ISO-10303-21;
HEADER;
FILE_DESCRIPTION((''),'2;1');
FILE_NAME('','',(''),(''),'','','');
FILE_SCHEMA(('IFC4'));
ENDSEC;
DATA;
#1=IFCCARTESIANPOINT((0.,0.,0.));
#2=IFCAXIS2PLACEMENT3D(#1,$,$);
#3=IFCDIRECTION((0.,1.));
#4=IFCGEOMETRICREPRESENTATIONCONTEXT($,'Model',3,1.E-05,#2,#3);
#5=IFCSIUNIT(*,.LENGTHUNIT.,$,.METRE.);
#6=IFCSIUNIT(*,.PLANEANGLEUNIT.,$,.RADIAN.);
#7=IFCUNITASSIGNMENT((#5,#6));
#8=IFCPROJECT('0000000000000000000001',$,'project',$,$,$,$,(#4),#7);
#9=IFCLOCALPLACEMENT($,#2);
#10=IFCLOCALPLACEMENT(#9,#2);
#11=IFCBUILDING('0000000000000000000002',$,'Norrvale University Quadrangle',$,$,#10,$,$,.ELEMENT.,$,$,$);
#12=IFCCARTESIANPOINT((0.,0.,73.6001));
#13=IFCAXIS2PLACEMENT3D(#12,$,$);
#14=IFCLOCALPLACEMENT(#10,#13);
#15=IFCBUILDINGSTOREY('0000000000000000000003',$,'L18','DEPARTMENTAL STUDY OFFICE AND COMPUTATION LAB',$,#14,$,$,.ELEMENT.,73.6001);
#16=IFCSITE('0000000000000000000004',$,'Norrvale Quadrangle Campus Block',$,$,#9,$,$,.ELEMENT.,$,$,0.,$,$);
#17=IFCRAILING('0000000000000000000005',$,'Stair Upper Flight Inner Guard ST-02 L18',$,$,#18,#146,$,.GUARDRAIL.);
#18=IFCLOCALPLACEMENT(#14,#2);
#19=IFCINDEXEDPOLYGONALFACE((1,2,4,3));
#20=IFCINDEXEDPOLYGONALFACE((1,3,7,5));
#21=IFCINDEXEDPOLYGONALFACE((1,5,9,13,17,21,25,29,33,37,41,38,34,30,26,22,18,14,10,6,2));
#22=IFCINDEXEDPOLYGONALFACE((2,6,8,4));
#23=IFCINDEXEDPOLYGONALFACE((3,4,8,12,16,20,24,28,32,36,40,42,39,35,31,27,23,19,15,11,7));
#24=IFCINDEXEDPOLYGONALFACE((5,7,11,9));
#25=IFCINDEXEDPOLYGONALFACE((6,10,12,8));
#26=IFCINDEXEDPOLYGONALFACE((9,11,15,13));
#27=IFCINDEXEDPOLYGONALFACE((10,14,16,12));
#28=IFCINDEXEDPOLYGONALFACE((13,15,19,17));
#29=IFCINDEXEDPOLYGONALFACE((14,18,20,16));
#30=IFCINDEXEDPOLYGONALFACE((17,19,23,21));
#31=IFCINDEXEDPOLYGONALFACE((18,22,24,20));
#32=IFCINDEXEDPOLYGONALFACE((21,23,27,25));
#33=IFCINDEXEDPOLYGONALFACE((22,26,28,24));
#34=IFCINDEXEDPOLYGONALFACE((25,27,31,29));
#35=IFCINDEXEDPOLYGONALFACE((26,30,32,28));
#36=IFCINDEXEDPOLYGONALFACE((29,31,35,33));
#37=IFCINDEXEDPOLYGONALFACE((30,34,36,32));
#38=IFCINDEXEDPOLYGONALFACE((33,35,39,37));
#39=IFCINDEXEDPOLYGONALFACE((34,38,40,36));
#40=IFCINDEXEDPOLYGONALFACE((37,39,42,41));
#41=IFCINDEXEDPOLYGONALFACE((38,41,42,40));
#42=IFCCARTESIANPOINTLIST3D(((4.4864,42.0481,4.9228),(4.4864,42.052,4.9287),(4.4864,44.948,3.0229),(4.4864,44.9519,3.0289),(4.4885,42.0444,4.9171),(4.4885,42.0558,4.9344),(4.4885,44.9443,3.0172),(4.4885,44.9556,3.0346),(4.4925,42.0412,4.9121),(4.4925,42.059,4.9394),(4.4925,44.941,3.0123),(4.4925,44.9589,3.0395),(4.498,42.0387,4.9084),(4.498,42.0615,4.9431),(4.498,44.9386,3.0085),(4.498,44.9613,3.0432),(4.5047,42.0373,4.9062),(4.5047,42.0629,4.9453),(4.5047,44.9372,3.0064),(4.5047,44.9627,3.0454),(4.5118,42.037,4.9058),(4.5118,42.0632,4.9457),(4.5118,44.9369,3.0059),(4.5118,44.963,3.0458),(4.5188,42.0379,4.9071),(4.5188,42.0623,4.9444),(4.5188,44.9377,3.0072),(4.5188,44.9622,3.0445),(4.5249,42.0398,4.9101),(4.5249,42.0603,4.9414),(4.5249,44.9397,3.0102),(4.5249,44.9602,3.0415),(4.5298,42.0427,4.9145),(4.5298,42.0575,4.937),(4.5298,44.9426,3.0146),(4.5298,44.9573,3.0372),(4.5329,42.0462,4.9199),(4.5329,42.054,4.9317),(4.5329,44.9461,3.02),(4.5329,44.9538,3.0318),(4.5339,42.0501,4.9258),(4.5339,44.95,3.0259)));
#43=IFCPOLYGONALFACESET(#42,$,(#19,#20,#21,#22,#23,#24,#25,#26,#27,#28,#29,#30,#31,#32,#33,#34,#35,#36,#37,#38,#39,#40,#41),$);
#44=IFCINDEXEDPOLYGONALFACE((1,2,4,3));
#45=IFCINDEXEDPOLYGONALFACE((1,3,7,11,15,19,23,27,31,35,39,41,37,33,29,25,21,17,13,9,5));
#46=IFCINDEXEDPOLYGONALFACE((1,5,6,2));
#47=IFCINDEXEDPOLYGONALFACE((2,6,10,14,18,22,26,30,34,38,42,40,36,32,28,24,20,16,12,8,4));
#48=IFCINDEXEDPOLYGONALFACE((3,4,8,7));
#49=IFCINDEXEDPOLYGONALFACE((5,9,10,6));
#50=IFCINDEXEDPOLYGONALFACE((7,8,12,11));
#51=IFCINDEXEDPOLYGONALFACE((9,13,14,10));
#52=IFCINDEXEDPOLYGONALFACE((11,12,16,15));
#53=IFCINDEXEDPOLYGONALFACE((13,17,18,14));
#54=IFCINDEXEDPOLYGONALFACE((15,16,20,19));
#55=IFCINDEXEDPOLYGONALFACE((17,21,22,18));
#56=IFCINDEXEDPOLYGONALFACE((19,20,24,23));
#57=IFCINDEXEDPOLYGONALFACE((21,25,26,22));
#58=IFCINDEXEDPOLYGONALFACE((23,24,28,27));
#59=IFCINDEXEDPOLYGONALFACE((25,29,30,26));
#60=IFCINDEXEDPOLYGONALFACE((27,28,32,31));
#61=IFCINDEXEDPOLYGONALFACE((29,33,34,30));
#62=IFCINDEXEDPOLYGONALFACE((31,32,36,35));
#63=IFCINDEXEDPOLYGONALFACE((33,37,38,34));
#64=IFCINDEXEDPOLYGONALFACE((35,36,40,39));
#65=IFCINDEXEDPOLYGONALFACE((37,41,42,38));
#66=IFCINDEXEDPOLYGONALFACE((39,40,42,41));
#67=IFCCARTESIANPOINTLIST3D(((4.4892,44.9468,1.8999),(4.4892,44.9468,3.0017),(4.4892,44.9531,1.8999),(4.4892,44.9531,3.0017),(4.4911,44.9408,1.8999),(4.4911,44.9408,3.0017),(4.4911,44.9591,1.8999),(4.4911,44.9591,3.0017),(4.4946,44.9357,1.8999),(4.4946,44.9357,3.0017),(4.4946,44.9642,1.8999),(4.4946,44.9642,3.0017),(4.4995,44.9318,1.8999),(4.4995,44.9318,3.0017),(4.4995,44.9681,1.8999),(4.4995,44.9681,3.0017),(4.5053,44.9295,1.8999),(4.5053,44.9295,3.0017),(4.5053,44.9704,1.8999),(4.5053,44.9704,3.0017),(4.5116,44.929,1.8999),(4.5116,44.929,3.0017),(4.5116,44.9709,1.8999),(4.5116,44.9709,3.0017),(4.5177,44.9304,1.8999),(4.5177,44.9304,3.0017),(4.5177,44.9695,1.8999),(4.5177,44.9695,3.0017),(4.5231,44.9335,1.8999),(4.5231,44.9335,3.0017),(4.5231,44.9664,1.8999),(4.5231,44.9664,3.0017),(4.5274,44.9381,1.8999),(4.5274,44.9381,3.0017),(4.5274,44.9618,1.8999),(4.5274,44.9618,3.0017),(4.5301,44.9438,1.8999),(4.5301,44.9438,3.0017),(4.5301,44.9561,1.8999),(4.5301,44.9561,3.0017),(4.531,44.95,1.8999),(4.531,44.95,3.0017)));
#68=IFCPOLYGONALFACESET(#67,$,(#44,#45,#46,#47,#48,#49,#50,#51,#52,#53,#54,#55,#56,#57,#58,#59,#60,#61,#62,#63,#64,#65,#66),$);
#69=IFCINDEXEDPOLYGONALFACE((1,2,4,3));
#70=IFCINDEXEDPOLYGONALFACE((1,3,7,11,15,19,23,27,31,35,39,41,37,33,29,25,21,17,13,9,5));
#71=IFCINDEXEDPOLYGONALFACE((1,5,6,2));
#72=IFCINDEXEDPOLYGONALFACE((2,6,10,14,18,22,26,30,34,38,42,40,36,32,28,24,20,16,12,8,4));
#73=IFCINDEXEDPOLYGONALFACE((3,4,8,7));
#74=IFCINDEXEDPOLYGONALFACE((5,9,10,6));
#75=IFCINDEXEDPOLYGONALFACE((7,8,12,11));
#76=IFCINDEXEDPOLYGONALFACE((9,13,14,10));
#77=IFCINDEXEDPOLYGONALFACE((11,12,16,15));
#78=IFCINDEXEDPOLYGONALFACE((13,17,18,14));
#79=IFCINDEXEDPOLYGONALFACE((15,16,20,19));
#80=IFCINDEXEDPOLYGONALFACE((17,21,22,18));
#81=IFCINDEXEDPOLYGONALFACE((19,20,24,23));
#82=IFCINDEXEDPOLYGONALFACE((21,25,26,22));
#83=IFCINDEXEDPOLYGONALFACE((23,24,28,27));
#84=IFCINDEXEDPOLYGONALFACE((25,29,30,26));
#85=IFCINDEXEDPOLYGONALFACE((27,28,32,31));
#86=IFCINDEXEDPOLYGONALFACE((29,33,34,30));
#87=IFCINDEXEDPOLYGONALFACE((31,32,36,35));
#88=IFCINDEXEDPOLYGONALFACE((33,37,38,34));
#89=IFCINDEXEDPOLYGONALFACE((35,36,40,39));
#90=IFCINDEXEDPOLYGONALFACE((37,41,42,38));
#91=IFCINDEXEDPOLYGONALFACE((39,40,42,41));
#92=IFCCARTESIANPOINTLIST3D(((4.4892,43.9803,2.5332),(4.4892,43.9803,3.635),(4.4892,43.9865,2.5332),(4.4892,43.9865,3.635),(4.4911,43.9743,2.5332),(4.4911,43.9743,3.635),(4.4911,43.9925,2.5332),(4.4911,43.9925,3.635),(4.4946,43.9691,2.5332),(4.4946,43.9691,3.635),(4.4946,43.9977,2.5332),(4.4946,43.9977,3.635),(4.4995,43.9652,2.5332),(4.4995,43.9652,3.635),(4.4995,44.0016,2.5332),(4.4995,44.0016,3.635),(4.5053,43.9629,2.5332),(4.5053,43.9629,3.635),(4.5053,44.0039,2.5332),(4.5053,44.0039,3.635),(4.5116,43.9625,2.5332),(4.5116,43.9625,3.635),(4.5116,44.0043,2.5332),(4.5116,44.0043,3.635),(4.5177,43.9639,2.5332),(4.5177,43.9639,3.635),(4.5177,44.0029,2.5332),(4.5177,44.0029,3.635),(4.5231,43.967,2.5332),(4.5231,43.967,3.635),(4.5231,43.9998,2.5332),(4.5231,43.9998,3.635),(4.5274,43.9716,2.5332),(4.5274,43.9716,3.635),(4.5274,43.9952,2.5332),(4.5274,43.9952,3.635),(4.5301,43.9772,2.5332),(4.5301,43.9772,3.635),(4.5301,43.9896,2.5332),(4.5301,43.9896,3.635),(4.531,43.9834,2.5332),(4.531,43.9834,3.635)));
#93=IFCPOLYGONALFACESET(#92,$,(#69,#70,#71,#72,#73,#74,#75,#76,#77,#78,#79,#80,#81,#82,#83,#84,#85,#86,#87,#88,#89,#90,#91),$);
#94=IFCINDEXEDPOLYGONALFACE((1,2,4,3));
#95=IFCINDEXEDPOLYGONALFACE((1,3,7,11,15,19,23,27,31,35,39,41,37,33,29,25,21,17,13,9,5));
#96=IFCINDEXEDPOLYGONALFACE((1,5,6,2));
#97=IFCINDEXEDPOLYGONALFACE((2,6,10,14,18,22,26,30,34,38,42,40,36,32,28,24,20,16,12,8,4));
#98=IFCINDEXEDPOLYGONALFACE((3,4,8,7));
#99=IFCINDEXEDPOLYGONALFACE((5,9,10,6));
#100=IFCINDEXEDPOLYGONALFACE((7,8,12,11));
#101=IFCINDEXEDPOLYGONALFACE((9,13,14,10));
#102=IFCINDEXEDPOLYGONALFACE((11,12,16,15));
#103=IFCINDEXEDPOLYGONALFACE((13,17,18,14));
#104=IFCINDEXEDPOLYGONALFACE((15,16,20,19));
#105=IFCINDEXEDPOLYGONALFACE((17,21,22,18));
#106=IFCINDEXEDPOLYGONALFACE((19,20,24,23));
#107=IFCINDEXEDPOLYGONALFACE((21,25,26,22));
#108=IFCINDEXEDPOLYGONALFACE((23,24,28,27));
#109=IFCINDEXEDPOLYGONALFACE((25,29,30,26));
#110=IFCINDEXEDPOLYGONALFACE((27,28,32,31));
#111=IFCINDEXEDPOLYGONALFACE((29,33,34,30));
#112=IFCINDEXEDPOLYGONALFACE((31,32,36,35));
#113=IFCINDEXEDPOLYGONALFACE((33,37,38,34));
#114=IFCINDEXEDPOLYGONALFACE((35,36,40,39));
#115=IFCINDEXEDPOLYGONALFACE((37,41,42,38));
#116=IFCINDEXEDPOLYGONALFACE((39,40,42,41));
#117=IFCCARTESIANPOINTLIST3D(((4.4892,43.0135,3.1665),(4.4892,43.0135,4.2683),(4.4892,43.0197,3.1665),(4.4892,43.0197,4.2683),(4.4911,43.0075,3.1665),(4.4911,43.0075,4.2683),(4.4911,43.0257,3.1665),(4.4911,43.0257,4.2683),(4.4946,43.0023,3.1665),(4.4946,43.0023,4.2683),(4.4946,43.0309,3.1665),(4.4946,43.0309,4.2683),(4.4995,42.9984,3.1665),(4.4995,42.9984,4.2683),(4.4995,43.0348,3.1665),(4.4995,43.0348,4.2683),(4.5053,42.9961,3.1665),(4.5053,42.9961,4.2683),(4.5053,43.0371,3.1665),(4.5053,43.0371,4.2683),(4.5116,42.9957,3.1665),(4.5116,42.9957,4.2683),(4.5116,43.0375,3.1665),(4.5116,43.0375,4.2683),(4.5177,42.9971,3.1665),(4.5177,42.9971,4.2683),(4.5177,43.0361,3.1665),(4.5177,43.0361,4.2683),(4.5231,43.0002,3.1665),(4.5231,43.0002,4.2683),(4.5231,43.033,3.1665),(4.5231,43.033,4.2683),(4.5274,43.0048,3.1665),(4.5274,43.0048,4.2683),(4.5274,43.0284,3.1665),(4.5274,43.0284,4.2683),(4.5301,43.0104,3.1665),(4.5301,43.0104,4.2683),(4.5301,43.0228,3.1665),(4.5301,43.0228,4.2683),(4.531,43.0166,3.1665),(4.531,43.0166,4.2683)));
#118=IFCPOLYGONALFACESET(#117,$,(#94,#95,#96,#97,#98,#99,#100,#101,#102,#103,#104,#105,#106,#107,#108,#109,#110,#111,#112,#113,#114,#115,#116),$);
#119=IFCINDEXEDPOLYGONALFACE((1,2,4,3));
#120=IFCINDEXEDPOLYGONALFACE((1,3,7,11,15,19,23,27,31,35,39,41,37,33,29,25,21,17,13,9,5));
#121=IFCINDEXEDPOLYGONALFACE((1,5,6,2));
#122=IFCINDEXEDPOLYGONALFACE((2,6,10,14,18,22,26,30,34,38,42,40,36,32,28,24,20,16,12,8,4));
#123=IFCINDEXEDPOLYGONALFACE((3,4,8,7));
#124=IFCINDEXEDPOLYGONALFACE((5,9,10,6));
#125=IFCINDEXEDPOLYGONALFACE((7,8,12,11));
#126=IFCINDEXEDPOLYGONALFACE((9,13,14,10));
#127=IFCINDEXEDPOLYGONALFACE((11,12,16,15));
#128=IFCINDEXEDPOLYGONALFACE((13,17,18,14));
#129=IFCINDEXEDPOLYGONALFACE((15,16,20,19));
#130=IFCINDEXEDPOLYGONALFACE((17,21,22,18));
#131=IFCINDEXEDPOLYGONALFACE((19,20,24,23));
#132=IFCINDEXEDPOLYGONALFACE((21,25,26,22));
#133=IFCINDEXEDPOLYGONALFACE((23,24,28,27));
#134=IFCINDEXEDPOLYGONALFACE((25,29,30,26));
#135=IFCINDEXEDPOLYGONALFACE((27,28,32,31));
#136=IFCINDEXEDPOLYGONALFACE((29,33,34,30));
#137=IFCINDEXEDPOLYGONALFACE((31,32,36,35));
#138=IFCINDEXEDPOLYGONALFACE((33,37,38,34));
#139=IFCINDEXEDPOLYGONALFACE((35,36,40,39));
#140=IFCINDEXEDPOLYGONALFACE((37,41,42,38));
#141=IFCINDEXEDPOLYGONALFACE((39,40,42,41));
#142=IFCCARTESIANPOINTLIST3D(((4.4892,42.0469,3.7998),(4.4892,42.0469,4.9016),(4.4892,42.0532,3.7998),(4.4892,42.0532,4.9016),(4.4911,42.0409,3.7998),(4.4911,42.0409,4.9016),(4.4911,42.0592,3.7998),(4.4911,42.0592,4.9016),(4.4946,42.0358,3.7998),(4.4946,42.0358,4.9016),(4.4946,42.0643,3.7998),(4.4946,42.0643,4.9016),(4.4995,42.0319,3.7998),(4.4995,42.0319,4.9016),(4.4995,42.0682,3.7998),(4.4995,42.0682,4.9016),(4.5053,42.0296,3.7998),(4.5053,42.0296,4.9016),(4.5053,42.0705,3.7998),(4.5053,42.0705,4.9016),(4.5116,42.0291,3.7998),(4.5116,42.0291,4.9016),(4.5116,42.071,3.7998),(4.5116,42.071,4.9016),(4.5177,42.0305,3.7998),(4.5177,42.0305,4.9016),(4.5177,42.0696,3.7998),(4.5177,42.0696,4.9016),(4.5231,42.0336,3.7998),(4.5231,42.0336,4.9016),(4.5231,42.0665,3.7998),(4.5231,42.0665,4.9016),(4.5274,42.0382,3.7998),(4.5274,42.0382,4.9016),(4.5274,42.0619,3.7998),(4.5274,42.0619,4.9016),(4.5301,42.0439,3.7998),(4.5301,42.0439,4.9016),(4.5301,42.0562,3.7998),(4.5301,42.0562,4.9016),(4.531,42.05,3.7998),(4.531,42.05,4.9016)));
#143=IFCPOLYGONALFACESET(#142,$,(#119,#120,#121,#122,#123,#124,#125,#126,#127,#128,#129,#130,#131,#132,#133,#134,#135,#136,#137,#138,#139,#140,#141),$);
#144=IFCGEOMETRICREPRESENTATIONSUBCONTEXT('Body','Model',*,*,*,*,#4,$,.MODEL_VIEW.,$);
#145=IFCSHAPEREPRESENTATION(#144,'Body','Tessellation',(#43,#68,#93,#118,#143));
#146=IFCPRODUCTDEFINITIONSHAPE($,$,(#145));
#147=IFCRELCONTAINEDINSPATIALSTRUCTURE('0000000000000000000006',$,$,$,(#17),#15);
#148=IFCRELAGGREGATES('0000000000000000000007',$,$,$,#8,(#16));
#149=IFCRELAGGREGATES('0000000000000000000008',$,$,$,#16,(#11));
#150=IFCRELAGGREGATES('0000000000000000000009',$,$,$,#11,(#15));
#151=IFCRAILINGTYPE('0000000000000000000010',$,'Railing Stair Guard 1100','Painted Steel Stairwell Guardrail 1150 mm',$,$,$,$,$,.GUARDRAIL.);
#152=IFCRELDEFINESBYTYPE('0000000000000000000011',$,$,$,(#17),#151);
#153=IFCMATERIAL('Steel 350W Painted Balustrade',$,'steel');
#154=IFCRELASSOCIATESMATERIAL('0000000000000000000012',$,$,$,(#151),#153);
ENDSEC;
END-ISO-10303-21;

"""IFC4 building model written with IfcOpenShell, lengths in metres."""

from ifc_helpers import new_model, si_unit, direction, frame, origin, origin_2d, place, context, subcontext, project, spatial, circle, extrude, material, type_object, element, save


model = new_model("IFC4")

# Units and contexts
model_context = context("Model", 3, precision=1e-05, world=origin(), true_north=direction((0.0, 1.0)))
body_context = subcontext(model_context, "Body", "Model", "MODEL_VIEW")
ifc_project = project(units=[si_unit("LENGTHUNIT", "METRE"), si_unit("PLANEANGLEUNIT", "RADIAN")], contexts=[model_context])

# Site, building, storey
site_placement = place(None, origin())
site = spatial("IfcSite", under=ifc_project, at=site_placement, Name="Norrvale Quadrangle Campus Block", CompositionType="ELEMENT", RefElevation=0.0)
building_placement = place(site_placement, origin())
building = spatial("IfcBuilding", under=site, at=building_placement, Name="Norrvale University Quadrangle", CompositionType="ELEMENT")
storey_placement = place(building_placement, frame((0.0, 0.0, 73.6001)))
storey = spatial("IfcBuildingStorey", under=building, at=storey_placement, Name="L18", Description="DEPARTMENTAL STUDY OFFICE AND COMPUTATION LAB", CompositionType="ELEMENT", Elevation=73.6001)

# Railing
ifc_material_1 = material(Name="Steel 350W Painted Balustrade", Category="steel")
railing_type_1 = type_object("IfcRailingType", Name="Railing Stair Guard 1100", Description="Painted Steel Stairwell Guardrail 1150 mm", PredefinedType="GUARDRAIL", material=ifc_material_1)
railing_1_placement = place(storey_placement, frame((4.51, 44.95, 1.8999)))
element("IfcRailing", 1, at=railing_1_placement, inside=storey, type_object=railing_type_1, Name="Stair Upper Flight Inner Guard ST-02 L18", PredefinedType="GUARDRAIL", context=body_context, shape_type="SweptSolid", body=[
    extrude(circle(Radius=0.0239, at=origin_2d()), frame((0.0, 0.0, 1.126), z_axis=(0.0, -0.836466, 0.548019), x_axis=(1.0, 0.0, 0.0)), (0.0, 0.0, 1.0), 3.4668),
    extrude(circle(Radius=0.021, at=origin_2d()), origin(), (0.0, 0.0, 1.0), 1.1018),
    extrude(circle(Radius=0.021, at=origin_2d()), frame((0.0, -0.9666, 0.6333)), (0.0, 0.0, 1.0), 1.1018),
    extrude(circle(Radius=0.021, at=origin_2d()), frame((0.0, -1.9333, 1.2666)), (0.0, 0.0, 1.0), 1.1018),
    extrude(circle(Radius=0.021, at=origin_2d()), frame((0.0, -2.8999, 1.8999)), (0.0, 0.0, 1.0), 1.1018),
])

save(model, "model.ifc")
